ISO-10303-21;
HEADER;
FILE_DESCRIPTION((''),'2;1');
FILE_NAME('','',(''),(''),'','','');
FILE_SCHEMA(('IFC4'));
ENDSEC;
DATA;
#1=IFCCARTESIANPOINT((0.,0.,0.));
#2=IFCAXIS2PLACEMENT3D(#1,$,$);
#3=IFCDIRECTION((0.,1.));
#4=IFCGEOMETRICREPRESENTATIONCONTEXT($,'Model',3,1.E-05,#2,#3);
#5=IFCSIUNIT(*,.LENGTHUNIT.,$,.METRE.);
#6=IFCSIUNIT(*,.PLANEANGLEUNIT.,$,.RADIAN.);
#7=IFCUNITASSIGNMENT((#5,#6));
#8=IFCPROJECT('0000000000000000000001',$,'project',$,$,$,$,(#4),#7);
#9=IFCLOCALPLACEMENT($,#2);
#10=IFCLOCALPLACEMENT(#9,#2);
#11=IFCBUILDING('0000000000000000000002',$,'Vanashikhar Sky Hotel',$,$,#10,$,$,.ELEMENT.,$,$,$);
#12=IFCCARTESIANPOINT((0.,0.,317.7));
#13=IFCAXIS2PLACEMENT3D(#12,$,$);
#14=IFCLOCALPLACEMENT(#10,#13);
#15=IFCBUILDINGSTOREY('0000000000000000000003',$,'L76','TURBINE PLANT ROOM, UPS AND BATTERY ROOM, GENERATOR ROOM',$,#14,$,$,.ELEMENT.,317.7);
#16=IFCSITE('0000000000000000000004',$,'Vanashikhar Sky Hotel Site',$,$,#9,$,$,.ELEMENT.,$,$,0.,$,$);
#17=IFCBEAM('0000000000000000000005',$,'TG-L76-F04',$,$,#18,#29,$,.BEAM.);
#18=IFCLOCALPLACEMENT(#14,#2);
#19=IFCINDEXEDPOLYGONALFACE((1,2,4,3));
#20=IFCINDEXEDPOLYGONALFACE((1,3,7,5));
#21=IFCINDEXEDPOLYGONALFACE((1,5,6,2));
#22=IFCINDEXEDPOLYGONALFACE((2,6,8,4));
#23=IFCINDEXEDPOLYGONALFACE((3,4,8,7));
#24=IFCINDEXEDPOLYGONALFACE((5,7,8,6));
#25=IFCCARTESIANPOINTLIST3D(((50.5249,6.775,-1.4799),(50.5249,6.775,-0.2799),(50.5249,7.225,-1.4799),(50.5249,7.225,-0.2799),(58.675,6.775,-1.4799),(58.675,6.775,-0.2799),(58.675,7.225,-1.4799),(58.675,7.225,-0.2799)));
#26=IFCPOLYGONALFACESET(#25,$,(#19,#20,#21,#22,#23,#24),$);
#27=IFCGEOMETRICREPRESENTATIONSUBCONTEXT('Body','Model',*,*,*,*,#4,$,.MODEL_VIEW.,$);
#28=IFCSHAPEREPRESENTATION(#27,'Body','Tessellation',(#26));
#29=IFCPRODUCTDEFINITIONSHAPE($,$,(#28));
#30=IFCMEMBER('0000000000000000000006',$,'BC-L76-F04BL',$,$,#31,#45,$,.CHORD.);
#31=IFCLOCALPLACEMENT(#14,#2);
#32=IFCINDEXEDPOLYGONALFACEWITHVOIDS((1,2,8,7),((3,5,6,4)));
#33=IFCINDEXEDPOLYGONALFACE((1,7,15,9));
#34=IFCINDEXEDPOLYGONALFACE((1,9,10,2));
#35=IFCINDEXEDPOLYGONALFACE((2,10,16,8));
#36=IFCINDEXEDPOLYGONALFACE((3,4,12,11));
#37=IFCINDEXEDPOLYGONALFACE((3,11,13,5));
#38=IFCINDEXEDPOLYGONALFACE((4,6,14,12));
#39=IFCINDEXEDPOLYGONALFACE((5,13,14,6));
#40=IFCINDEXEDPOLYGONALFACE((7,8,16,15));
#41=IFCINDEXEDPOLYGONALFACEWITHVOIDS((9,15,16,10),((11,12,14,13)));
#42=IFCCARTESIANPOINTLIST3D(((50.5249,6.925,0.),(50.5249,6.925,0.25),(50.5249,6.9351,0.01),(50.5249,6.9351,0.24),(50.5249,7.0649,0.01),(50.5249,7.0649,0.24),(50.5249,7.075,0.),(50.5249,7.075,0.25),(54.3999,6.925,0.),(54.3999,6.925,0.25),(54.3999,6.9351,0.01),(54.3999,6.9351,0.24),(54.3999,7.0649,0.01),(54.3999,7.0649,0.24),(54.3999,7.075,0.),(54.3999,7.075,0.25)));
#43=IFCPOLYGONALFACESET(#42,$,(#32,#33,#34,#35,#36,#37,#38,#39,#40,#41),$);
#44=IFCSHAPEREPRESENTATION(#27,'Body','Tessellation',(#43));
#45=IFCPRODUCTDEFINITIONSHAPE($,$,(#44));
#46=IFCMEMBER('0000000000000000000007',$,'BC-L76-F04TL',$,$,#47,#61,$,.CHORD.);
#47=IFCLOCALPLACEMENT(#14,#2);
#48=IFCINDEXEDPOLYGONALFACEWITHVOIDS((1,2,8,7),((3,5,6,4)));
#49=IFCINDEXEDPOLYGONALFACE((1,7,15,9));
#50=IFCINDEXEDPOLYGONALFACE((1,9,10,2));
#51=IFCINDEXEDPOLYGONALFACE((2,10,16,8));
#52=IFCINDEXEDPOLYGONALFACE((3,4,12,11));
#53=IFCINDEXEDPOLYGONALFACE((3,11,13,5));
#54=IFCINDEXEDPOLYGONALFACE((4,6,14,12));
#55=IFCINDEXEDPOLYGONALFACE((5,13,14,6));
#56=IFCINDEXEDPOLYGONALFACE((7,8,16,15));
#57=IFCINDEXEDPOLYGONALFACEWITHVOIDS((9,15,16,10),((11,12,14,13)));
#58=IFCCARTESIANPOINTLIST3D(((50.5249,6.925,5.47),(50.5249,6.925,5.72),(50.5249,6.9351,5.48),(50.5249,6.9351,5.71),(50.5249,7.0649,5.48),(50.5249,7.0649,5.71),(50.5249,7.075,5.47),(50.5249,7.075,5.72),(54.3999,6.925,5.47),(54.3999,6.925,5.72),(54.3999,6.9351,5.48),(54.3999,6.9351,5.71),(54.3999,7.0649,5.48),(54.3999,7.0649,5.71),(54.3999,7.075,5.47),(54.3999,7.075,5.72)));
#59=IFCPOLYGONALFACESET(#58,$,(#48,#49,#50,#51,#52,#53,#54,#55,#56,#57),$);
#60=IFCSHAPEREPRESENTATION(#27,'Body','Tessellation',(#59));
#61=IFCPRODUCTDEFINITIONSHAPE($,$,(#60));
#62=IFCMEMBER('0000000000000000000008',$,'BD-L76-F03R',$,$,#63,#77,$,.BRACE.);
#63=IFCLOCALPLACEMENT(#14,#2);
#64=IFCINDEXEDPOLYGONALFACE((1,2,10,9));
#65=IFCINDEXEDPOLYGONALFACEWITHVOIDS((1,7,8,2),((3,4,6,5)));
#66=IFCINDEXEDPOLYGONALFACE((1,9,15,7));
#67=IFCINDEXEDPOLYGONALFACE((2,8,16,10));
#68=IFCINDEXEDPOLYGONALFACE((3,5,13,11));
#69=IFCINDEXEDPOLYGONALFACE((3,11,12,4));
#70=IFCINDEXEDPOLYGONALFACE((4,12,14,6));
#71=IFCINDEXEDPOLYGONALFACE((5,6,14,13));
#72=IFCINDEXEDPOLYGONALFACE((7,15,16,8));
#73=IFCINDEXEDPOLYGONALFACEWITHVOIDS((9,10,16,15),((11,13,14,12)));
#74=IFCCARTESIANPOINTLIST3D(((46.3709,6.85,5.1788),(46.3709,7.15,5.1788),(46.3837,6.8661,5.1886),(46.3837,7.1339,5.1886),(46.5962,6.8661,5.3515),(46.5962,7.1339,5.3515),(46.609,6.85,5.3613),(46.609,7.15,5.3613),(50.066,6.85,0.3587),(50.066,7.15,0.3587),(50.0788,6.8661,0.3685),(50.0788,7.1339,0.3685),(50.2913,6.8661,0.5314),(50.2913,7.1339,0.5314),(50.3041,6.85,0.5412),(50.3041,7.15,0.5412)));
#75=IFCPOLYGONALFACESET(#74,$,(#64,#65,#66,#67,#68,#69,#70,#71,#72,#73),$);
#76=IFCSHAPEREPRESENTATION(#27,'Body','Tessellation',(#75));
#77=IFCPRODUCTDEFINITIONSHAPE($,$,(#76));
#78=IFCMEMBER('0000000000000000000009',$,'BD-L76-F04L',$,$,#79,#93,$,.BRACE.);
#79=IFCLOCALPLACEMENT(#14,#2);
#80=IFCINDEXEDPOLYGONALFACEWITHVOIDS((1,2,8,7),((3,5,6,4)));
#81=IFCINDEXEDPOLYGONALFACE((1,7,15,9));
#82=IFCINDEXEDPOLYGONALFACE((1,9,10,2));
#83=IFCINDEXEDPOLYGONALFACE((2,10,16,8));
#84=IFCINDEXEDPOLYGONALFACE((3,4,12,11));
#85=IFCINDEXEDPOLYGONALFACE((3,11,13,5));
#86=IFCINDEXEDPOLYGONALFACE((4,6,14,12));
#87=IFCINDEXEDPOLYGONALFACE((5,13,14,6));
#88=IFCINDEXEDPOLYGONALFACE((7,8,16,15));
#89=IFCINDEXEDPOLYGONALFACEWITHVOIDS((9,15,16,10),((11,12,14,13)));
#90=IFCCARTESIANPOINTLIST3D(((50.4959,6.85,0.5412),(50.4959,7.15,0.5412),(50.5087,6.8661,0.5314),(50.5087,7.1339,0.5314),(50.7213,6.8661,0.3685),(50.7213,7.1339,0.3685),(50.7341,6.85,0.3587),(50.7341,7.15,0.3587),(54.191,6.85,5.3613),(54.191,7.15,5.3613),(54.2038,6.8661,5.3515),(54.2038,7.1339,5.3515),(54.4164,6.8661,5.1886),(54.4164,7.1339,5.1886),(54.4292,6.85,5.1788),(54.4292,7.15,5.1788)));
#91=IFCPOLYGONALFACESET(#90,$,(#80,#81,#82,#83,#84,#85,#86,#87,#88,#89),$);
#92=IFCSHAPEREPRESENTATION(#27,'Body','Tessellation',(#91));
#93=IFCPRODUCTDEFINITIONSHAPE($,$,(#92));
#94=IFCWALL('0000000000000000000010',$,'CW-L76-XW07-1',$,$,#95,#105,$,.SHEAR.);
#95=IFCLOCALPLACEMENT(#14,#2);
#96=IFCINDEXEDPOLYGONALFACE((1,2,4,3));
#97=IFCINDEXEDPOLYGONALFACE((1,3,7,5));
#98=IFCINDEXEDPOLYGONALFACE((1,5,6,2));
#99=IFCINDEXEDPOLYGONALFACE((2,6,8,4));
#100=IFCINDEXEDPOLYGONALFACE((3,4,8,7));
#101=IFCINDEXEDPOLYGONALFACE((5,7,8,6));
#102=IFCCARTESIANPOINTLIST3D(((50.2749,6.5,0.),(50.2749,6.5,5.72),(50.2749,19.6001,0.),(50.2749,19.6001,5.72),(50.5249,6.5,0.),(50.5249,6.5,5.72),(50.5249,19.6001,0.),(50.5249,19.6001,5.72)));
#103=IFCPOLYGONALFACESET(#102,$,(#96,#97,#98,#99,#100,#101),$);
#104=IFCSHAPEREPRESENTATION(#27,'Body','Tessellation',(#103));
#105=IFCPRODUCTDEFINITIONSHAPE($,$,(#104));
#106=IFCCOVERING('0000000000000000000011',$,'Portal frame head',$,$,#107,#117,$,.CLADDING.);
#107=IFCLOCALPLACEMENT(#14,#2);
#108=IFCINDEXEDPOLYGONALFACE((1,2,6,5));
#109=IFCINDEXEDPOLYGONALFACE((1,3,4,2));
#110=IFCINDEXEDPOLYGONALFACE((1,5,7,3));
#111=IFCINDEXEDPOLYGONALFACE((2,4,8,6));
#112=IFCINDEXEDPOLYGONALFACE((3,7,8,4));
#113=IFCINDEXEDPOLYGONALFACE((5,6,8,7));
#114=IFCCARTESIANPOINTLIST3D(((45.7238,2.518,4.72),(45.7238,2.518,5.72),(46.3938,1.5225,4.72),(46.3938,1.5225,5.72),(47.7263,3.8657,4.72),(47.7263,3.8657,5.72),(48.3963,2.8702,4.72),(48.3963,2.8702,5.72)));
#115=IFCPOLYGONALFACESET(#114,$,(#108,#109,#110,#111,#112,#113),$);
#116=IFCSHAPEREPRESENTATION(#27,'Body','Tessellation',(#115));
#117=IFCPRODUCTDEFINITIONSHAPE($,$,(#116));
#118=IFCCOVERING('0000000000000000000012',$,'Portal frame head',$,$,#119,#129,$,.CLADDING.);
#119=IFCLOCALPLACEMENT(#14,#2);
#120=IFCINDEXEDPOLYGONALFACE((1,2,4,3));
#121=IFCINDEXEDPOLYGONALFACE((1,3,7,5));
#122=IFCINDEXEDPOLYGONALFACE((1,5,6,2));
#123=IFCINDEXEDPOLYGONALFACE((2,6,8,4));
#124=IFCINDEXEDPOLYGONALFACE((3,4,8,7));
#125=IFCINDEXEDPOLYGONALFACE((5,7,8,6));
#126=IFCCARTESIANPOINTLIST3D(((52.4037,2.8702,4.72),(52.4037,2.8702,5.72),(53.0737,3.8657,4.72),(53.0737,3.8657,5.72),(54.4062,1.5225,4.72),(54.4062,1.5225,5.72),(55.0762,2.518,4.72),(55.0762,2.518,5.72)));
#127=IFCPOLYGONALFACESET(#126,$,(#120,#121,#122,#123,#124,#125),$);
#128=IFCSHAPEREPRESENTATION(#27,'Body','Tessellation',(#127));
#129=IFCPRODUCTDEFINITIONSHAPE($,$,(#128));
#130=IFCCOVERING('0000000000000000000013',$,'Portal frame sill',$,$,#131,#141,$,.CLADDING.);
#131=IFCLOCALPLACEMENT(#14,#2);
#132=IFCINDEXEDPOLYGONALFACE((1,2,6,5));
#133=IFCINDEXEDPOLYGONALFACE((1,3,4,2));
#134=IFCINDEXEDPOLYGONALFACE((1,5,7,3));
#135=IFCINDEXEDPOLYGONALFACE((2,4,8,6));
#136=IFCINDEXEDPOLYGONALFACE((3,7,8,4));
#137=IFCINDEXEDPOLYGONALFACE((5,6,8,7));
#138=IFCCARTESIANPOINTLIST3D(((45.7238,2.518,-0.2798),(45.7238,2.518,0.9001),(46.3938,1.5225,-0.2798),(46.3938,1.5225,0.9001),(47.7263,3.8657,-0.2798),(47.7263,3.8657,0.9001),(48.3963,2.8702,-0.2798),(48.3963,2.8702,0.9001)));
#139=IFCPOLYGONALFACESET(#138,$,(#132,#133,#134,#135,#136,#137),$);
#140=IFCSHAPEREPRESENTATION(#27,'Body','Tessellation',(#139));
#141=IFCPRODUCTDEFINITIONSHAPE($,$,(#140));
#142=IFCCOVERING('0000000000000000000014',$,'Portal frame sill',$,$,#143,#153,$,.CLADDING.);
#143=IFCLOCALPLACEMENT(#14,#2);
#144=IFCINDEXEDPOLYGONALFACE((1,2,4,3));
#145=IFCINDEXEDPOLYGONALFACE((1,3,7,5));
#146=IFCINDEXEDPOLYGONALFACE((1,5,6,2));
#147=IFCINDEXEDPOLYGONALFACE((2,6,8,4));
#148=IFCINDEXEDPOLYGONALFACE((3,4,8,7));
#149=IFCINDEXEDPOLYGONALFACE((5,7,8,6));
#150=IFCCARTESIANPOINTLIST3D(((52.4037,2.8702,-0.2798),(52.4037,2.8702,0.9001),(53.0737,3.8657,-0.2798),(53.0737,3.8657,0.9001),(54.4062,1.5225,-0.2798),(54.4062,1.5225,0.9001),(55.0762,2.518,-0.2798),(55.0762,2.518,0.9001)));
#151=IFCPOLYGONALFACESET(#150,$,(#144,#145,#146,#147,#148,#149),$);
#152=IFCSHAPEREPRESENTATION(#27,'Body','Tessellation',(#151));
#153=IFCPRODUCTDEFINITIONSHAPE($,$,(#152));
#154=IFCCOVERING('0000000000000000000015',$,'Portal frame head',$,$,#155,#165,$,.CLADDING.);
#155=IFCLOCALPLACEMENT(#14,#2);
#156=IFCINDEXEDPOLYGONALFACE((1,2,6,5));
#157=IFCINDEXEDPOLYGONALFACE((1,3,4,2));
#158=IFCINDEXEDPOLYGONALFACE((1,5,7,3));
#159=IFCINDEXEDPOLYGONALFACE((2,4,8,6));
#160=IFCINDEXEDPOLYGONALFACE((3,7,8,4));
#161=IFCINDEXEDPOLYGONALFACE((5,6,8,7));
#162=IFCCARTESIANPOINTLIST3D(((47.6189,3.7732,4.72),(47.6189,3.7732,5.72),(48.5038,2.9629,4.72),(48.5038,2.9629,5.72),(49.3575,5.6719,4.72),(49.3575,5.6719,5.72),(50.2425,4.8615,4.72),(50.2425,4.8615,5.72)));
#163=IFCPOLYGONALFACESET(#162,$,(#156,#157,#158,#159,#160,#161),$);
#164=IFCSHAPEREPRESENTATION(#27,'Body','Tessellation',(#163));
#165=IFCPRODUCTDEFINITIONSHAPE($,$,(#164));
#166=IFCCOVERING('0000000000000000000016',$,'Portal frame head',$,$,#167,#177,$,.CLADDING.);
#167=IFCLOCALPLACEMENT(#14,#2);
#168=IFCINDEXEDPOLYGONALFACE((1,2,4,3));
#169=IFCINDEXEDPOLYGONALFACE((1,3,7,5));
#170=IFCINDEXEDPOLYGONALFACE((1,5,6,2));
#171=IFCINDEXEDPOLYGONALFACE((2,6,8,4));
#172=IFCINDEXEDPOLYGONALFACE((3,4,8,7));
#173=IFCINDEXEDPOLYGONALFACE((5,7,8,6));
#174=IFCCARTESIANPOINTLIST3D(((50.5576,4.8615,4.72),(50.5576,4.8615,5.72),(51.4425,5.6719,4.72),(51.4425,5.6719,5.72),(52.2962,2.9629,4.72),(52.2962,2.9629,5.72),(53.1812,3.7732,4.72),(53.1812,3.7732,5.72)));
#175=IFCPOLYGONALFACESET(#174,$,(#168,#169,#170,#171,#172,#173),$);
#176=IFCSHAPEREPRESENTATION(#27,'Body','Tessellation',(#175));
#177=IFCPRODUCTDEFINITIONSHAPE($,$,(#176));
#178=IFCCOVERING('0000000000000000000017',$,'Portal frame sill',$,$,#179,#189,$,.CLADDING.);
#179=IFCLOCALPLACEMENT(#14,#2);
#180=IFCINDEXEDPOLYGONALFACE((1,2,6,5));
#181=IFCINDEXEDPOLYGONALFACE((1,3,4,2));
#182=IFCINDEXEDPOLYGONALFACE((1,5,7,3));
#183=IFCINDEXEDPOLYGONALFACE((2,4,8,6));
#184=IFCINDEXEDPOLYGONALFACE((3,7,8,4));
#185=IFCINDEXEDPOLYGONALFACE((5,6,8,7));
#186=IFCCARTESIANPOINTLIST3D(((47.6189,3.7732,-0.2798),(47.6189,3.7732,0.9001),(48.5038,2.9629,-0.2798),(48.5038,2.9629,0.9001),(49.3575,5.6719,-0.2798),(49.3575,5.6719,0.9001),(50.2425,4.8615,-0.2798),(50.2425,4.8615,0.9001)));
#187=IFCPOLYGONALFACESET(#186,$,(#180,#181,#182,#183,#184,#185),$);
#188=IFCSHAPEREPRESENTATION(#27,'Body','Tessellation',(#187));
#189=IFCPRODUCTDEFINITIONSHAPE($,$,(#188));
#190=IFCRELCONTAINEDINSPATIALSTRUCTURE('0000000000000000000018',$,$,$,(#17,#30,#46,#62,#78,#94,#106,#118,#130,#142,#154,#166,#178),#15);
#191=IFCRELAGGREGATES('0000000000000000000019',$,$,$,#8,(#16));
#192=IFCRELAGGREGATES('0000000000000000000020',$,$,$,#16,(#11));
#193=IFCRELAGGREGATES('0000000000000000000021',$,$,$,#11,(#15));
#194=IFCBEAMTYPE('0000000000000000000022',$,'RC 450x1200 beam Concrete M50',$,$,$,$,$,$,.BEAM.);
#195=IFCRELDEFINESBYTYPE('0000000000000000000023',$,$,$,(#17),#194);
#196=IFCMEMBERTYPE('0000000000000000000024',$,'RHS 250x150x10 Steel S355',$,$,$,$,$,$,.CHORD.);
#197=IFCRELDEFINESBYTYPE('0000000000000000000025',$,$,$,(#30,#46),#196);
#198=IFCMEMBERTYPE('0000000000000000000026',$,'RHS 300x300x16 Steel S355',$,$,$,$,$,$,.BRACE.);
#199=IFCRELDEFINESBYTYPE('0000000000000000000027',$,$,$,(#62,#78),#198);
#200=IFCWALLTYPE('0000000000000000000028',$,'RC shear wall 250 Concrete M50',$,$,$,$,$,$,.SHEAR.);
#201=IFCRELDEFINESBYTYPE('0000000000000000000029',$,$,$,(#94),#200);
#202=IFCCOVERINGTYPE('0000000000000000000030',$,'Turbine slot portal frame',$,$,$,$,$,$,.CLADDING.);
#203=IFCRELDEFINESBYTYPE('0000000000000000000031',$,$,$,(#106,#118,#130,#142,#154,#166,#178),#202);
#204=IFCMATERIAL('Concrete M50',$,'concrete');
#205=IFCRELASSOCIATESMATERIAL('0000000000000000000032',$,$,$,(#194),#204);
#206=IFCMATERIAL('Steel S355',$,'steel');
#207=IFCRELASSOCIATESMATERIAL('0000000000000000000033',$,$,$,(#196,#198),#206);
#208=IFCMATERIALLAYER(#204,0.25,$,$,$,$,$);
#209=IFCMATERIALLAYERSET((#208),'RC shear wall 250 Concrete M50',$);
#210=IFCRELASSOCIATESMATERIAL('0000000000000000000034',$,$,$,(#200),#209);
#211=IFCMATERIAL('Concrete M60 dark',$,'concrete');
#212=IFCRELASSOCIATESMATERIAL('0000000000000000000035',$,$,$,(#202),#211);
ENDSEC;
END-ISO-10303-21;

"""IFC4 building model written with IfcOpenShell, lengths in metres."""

from ifc_helpers import new_model, si_unit, direction, frame, frame_2d, origin, origin_2d, place, context, subcontext, project, spatial, rectangle, hollow_rectangle, extrude, source, transform, mapped, material, layer, layer_set, material_profile, profile_set, type_object, element, save


model = new_model("IFC4")

# Units and contexts
model_context = context("Model", 3, precision=1e-05, world=origin(), true_north=direction((0.0, 1.0)))
body_context = subcontext(model_context, "Body", "Model", "MODEL_VIEW")
ifc_project = project(units=[si_unit("LENGTHUNIT", "METRE"), si_unit("PLANEANGLEUNIT", "RADIAN")], contexts=[model_context])

# Site, building, storey
site_placement = place(None, origin())
site = spatial("IfcSite", under=ifc_project, at=site_placement, Name="Vanashikhar Sky Hotel Site", CompositionType="ELEMENT", RefElevation=0.0)
building_placement = place(site_placement, origin())
building = spatial("IfcBuilding", under=site, at=building_placement, Name="Vanashikhar Sky Hotel", CompositionType="ELEMENT")
storey_placement = place(building_placement, frame((0.0, 0.0, 317.7)))
storey = spatial("IfcBuildingStorey", under=building, at=storey_placement, Name="L76", Description="TURBINE PLANT ROOM, UPS AND BATTERY ROOM, GENERATOR ROOM", CompositionType="ELEMENT", Elevation=317.7)

# Beam
ifc_material_1 = material(Name="Concrete M50", Category="concrete")
ifc_material_profile_1 = material_profile(ifc_material_1, rectangle(XDim=0.45, YDim=1.2, at=origin_2d()))
ifc_profile_set_1 = profile_set([ifc_material_profile_1], Name="RC 450x1200 beam Concrete M50")
beam_type = type_object("IfcBeamType", Name="RC 450x1200 beam Concrete M50", PredefinedType="BEAM", material=ifc_profile_set_1)
shared_shape_1 = source(origin(), body_context, "Body", "SweptSolid", [
    extrude(rectangle(XDim=0.45, YDim=1.2, at=origin_2d()), origin(), (0.0, 0.0, 1.0), 8.1501),
])
beam_placement = place(storey_placement, frame((50.5249, 7.0, -0.8799), z_axis=(1.0, 0.0, 0.0), x_axis=(0.0, 1.0, 0.0)))
element("IfcBeam", 1, at=beam_placement, inside=storey, type_object=beam_type, Name="TG-L76-F04", PredefinedType="BEAM", context=body_context, shape_type="MappedRepresentation", body=[
    mapped(shared_shape_1, transform((0.0, 0.0, 0.0), scale=1.0)),
])

# Members
ifc_material_2 = material(Name="Steel S355", Category="steel")
ifc_material_profile_2 = material_profile(ifc_material_2, hollow_rectangle(XDim=0.1499, YDim=0.25, WallThickness=0.01, at=origin_2d()))
ifc_profile_set_2 = profile_set([ifc_material_profile_2], Name="RHS 250x150x10 Steel S355")
member_type_1 = type_object("IfcMemberType", Name="RHS 250x150x10 Steel S355", PredefinedType="CHORD", material=ifc_profile_set_2)
shared_shape_2 = source(origin(), body_context, "Body", "SweptSolid", [
    extrude(hollow_rectangle(XDim=0.1499, YDim=0.25, WallThickness=0.01, at=origin_2d()), origin(), (0.0, 0.0, 1.0), 3.875),
])
for number, where, z_axis, x_axis, name in (
    (2, (50.5249, 7.0, 0.125), (1.0, 0.0, 0.0), (0.0, 1.0, 0.0), "BC-L76-F04BL"),
    (3, (50.5249, 7.0, 5.595), (1.0, 0.0, 0.0), (0.0, 1.0, 0.0), "BC-L76-F04TL"),
):
    element("IfcMember", number, at=place(storey_placement, frame(where, z_axis=z_axis, x_axis=x_axis)), inside=storey, type_object=member_type_1, Name=name, PredefinedType="CHORD", context=body_context, shape_type="MappedRepresentation", body=[
        mapped(shared_shape_2, transform((0.0, 0.0, 0.0), scale=1.0)),
    ])
ifc_material_profile_3 = material_profile(ifc_material_2, hollow_rectangle(XDim=0.3, YDim=0.3, WallThickness=0.0161, at=origin_2d()))
ifc_profile_set_3 = profile_set([ifc_material_profile_3], Name="RHS 300x300x16 Steel S355")
member_type_2 = type_object("IfcMemberType", Name="RHS 300x300x16 Steel S355", PredefinedType="BRACE", material=ifc_profile_set_3)
shared_shape_3 = source(origin(), body_context, "Body", "SweptSolid", [
    extrude(hollow_rectangle(XDim=0.3, YDim=0.3, WallThickness=0.0161, at=origin_2d()), origin(), (0.0, 0.0, 1.0), 6.0735),
])
for number, where, z_axis, x_axis, name in (
    (4, (50.1851, 7.0, 0.45), (-0.608399, 0.0, 0.793632), (0.0, -1.0, 0.0), "BD-L76-F03R"),
    (5, (50.615, 7.0, 0.45), (0.608399, 0.0, 0.793632), (0.0, 1.0, 0.0), "BD-L76-F04L"),
):
    element("IfcMember", number, at=place(storey_placement, frame(where, z_axis=z_axis, x_axis=x_axis)), inside=storey, type_object=member_type_2, Name=name, PredefinedType="BRACE", context=body_context, shape_type="MappedRepresentation", body=[
        mapped(shared_shape_3, transform((0.0, 0.0, 0.0), scale=1.0)),
    ])

# Wall
ifc_layer_1 = layer(ifc_material_1, 0.25)
ifc_layer_set_1 = layer_set([ifc_layer_1], Name="RC shear wall 250 Concrete M50")
wall_type = type_object("IfcWallType", Name="RC shear wall 250 Concrete M50", PredefinedType="SHEAR", material=ifc_layer_set_1)
shared_shape_4 = source(origin(), body_context, "Body", "SweptSolid", [
    extrude(rectangle(XDim=13.1001, YDim=0.25, at=frame_2d((6.55, 0.0))), origin(), (0.0, 0.0, 1.0), 5.72),
])
wall_placement = place(storey_placement, frame((50.3999, 6.5, 0.0), z_axis=(0.0, 0.0, 1.0), x_axis=(0.0, 1.0, 0.0)))
element("IfcWall", 6, at=wall_placement, inside=storey, type_object=wall_type, Name="CW-L76-XW07-1", PredefinedType="SHEAR", context=body_context, shape_type="MappedRepresentation", body=[
    mapped(shared_shape_4, transform((0.0, 0.0, 0.0), scale=1.0)),
])

# Coverings
ifc_material_3 = material(Name="Concrete M60 dark", Category="concrete")
covering_type_1 = type_object("IfcCoveringType", Name="Turbine slot portal frame", PredefinedType="CLADDING", material=ifc_material_3)
shared_shape_5 = source(origin(), body_context, "Body", "SweptSolid", [
    extrude(rectangle(XDim=2.4138, YDim=1.2, at=origin_2d()), origin(), (0.0, 0.0, 1.0), 1.0),
])
for number, where, z_axis, x_axis, name in (
    (7, (47.0601, 2.6941, 4.72), (0.0, 0.0, 1.0), (0.829603, 0.558353, 0.0), "Portal frame head"),
    (8, (53.74, 2.6941, 4.72), (0.0, 0.0, 1.0), (0.829603, -0.558353, 0.0), "Portal frame head"),
):
    element("IfcCovering", number, at=place(storey_placement, frame(where, z_axis=z_axis, x_axis=x_axis)), inside=storey, type_object=covering_type_1, Name=name, PredefinedType="CLADDING", context=body_context, shape_type="MappedRepresentation", body=[
        mapped(shared_shape_5, transform((0.0, 0.0, 0.0), scale=1.0)),
    ])
shared_shape_6 = source(origin(), body_context, "Body", "SweptSolid", [
    extrude(rectangle(XDim=2.4138, YDim=1.2, at=origin_2d()), origin(), (0.0, 0.0, 1.0), 1.1799),
])
for number, where, z_axis, x_axis, name in (
    (9, (47.0601, 2.6941, -0.2798), (0.0, 0.0, 1.0), (0.829603, 0.558353, 0.0), "Portal frame sill"),
    (10, (53.74, 2.6941, -0.2798), (0.0, 0.0, 1.0), (0.829603, -0.558353, 0.0), "Portal frame sill"),
):
    element("IfcCovering", number, at=place(storey_placement, frame(where, z_axis=z_axis, x_axis=x_axis)), inside=storey, type_object=covering_type_1, Name=name, PredefinedType="CLADDING", context=body_context, shape_type="MappedRepresentation", body=[
        mapped(shared_shape_6, transform((0.0, 0.0, 0.0), scale=1.0)),
    ])
shared_shape_7 = source(origin(), body_context, "Body", "SweptSolid", [
    extrude(rectangle(XDim=2.5745, YDim=1.2, at=origin_2d()), origin(), (0.0, 0.0, 1.0), 1.0),
])
for number, where, z_axis, x_axis, name in (
    (11, (48.9307, 4.3174, 4.72), (0.0, 0.0, 1.0), (0.675346, 0.737501, 0.0), "Portal frame head"),
    (12, (51.8694, 4.3174, 4.72), (0.0, 0.0, 1.0), (0.675346, -0.737501, 0.0), "Portal frame head"),
):
    element("IfcCovering", number, at=place(storey_placement, frame(where, z_axis=z_axis, x_axis=x_axis)), inside=storey, type_object=covering_type_1, Name=name, PredefinedType="CLADDING", context=body_context, shape_type="MappedRepresentation", body=[
        mapped(shared_shape_7, transform((0.0, 0.0, 0.0), scale=1.0)),
    ])
shared_shape_8 = source(origin(), body_context, "Body", "SweptSolid", [
    extrude(rectangle(XDim=2.5745, YDim=1.2, at=origin_2d()), origin(), (0.0, 0.0, 1.0), 1.1799),
])
for number, where, z_axis, x_axis, name in (
    (13, (48.9307, 4.3174, -0.2798), (0.0, 0.0, 1.0), (0.675346, 0.737501, 0.0), "Portal frame sill"),
):
    element("IfcCovering", number, at=place(storey_placement, frame(where, z_axis=z_axis, x_axis=x_axis)), inside=storey, type_object=covering_type_1, Name=name, PredefinedType="CLADDING", context=body_context, shape_type="MappedRepresentation", body=[
        mapped(shared_shape_8, transform((0.0, 0.0, 0.0), scale=1.0)),
    ])

save(model, "model.ifc")
